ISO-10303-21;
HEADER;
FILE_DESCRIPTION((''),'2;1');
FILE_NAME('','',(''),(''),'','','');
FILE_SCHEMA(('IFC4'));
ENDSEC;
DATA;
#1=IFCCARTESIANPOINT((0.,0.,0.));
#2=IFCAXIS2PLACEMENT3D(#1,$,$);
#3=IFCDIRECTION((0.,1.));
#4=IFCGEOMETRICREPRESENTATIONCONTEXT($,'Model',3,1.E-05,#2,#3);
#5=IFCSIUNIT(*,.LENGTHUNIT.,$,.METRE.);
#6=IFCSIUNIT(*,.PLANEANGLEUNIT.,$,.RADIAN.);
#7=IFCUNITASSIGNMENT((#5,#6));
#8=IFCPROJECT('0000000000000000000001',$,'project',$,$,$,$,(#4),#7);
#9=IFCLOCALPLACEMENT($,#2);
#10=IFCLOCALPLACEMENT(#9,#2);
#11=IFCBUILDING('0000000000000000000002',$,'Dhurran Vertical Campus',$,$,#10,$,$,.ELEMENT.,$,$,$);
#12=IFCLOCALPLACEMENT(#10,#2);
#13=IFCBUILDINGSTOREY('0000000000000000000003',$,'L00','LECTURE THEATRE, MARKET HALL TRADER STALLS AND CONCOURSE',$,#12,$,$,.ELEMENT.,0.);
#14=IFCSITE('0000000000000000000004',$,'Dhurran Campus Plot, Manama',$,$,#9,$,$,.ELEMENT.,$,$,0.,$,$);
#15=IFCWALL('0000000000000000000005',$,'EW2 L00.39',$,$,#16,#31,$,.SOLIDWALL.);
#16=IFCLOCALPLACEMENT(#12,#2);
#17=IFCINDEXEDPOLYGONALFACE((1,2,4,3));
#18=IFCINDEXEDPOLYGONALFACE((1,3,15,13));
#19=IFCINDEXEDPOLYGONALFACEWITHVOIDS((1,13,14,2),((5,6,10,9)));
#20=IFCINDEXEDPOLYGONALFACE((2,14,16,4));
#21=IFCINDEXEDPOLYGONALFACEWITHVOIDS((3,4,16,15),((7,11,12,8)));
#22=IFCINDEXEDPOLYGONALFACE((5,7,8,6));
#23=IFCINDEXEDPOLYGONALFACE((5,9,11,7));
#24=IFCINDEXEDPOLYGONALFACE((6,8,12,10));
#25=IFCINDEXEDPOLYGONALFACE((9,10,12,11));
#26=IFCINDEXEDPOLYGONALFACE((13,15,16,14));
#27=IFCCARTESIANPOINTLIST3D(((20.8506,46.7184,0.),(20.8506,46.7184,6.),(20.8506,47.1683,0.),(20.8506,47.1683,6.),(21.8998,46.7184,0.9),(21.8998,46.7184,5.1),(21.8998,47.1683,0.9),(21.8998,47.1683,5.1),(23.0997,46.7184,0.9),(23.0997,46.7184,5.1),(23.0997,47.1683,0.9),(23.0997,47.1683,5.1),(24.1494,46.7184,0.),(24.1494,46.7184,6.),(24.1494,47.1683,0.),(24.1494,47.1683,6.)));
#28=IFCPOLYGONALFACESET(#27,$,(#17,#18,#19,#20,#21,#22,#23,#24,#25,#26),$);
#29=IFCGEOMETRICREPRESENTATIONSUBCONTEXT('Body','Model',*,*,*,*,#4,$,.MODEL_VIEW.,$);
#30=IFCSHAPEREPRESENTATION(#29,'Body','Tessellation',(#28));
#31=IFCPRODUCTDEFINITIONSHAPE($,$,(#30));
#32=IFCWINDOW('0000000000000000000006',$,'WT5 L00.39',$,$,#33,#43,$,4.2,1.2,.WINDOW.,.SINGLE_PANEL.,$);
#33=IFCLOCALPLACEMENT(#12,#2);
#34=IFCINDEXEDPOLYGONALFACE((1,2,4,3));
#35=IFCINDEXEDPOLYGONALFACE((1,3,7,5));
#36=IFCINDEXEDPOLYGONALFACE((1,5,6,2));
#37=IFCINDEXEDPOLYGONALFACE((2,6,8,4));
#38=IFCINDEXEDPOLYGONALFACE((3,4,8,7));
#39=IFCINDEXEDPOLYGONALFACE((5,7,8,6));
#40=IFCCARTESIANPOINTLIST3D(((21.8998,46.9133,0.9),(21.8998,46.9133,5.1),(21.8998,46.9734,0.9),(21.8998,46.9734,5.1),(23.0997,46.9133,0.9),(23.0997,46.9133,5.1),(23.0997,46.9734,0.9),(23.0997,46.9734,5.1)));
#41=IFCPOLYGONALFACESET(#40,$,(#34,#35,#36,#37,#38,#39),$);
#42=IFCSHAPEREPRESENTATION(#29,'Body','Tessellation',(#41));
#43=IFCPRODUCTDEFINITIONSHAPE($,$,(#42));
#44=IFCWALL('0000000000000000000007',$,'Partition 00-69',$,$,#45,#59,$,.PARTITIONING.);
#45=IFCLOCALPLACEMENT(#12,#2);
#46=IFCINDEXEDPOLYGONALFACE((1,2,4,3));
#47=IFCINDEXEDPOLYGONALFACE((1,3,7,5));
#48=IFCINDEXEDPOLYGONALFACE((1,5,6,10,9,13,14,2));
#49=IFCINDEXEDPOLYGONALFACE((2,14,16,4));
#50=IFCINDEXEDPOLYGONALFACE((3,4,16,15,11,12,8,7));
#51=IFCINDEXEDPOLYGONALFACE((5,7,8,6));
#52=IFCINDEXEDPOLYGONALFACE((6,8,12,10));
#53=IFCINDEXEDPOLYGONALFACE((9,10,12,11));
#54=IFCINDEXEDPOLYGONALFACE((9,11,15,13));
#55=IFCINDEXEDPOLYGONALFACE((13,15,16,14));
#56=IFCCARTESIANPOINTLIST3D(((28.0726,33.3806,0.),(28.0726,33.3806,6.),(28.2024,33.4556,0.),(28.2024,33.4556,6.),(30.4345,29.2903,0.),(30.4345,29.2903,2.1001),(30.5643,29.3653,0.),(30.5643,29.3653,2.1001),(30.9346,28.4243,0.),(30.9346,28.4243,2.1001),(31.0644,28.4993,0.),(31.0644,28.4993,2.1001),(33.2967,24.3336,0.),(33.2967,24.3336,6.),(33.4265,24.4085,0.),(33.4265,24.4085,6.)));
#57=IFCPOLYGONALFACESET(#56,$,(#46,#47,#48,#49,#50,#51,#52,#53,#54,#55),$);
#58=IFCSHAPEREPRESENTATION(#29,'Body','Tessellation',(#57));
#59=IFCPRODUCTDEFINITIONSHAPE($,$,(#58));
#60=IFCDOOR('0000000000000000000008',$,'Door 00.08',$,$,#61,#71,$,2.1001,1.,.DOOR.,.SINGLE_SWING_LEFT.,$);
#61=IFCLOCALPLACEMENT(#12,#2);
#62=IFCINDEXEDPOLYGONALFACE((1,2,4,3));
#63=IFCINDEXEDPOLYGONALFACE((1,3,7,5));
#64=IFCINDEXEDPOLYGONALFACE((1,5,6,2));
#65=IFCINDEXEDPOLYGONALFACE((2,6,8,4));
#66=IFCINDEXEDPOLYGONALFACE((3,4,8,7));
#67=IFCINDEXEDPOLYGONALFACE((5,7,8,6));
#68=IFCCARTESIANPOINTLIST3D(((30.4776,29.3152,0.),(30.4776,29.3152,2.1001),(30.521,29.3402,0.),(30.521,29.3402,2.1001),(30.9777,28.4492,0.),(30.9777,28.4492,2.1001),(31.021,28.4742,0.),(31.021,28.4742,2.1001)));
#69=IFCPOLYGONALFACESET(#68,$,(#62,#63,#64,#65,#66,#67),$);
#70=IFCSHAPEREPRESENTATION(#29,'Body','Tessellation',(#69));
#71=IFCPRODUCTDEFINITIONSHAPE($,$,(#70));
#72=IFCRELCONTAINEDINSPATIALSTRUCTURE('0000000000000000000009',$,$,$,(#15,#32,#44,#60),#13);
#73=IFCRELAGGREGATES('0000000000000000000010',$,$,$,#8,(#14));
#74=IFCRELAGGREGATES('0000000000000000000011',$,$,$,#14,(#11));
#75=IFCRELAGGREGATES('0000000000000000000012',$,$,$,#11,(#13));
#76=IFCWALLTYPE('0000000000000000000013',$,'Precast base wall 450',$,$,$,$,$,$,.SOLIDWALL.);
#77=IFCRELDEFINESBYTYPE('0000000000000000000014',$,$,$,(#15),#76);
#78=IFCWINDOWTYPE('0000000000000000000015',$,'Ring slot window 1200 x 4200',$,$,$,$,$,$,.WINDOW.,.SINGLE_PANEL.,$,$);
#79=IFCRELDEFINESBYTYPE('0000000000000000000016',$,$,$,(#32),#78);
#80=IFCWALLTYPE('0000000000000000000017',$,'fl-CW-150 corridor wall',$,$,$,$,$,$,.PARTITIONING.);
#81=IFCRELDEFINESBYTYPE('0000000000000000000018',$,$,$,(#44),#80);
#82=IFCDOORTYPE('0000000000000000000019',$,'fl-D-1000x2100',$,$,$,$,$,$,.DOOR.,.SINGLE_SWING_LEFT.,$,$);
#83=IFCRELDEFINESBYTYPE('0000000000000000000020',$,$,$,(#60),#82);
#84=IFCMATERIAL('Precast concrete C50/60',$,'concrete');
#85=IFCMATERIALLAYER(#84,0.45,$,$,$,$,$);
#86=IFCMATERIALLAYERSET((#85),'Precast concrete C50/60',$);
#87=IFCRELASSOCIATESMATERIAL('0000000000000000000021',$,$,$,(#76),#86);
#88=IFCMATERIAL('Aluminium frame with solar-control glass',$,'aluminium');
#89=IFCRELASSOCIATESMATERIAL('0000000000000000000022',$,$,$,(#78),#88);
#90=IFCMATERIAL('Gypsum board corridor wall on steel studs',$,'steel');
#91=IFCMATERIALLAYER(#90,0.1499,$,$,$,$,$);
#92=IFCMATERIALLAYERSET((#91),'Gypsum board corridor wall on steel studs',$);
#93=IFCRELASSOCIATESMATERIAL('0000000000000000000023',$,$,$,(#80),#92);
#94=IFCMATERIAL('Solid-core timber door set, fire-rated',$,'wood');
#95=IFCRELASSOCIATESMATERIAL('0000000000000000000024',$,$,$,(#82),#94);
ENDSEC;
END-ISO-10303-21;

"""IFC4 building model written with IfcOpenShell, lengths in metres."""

from ifc_helpers import new_model, si_unit, direction, frame, frame_2d, origin, place, context, subcontext, project, spatial, rectangle, extrude, material, layer, layer_set, type_object, element, fill, save


model = new_model("IFC4")

# Units and contexts
model_context = context("Model", 3, precision=1e-05, world=origin(), true_north=direction((0.0, 1.0)))
body_context = subcontext(model_context, "Body", "Model", "MODEL_VIEW")
ifc_project = project(units=[si_unit("LENGTHUNIT", "METRE"), si_unit("PLANEANGLEUNIT", "RADIAN")], contexts=[model_context])

# Site, building, storey
site_placement = place(None, origin())
site = spatial("IfcSite", under=ifc_project, at=site_placement, Name="Dhurran Campus Plot, Manama", CompositionType="ELEMENT", RefElevation=0.0)
building_placement = place(site_placement, origin())
building = spatial("IfcBuilding", under=site, at=building_placement, Name="Dhurran Vertical Campus", CompositionType="ELEMENT")
storey_placement = place(building_placement, origin())
storey = spatial("IfcBuildingStorey", under=building, at=storey_placement, Name="L00", Description="LECTURE THEATRE, MARKET HALL TRADER STALLS AND CONCOURSE", CompositionType="ELEMENT", Elevation=0.0)

# Wall, opening, window
ifc_material_1 = material(Name="Precast concrete C50/60", Category="concrete")
ifc_layer_1 = layer(ifc_material_1, 0.45)
ifc_layer_set_1 = layer_set([ifc_layer_1], Name="Precast concrete C50/60")
wall_type_1 = type_object("IfcWallType", Name="Precast base wall 450", PredefinedType="SOLIDWALL", material=ifc_layer_set_1)
ifc_material_2 = material(Name="Aluminium frame with solar-control glass", Category="aluminium")
window_type = type_object("IfcWindowType", Name="Ring slot window 1200 x 4200", PartitioningType="SINGLE_PANEL", PredefinedType="WINDOW", material=ifc_material_2)
wall_1_placement = place(storey_placement, frame((24.1494, 46.9434, 0.0), z_axis=(0.0, 0.0, 1.0), x_axis=(-1.0, 0.0, 0.0)))
wall_1 = element("IfcWall", 1, at=wall_1_placement, inside=storey, type_object=wall_type_1, Name="EW2 L00.39", PredefinedType="SOLIDWALL", context=body_context, shape_type="SweptSolid", body=[
    extrude(rectangle(XDim=3.2988, YDim=0.45, at=frame_2d((1.6494, 0.0))), origin(), (0.0, 0.0, 1.0), 6.0),
])
opening_1_placement = place(wall_1_placement, frame((1.0496, 0.0, 0.8999)))
opening_1 = element("IfcOpeningElement", 2, at=opening_1_placement, cuts=wall_1, PredefinedType="OPENING", context=body_context, shape_type="SweptSolid", body=[
    extrude(rectangle(XDim=1.2, YDim=4.2, at=frame_2d((0.6001, 2.1001))), frame((0.0, 0.2349, 0.0), z_axis=(0.0, -1.0, 0.0), x_axis=(1.0, 0.0, 0.0)), (0.0, 0.0, 1.0), 0.47),
])
window_1_placement = place(opening_1_placement, origin())
window_1 = element("IfcWindow", 3, at=window_1_placement, inside=storey, type_object=window_type, Name="WT5 L00.39", OverallHeight=4.2, OverallWidth=1.2, PartitioningType="SINGLE_PANEL", PredefinedType="WINDOW", context=body_context, shape_type="SweptSolid", body=[
    extrude(rectangle(XDim=1.2, YDim=4.2, at=frame_2d((0.6001, 2.1001))), frame((0.0, 0.03, 0.0), z_axis=(0.0, -1.0, 0.0), x_axis=(1.0, 0.0, 0.0)), (0.0, 0.0, 1.0), 0.0601),
])
fill(opening_1, window_1)

# Wall, opening, door
ifc_material_3 = material(Name="Gypsum board corridor wall on steel studs", Category="steel")
ifc_layer_2 = layer(ifc_material_3, 0.1499)
ifc_layer_set_2 = layer_set([ifc_layer_2], Name="Gypsum board corridor wall on steel studs")
wall_type_2 = type_object("IfcWallType", Name="fl-CW-150 corridor wall", PredefinedType="PARTITIONING", material=ifc_layer_set_2)
wall_2_placement = place(storey_placement, frame((28.1375, 33.4182, 0.0), z_axis=(0.0, 0.0, 1.0), x_axis=(0.500055, -0.865994, 0.0)))
wall_2 = element("IfcWall", 4, at=wall_2_placement, inside=storey, type_object=wall_type_2, Name="Partition 00-69", PredefinedType="PARTITIONING", context=body_context, shape_type="SweptSolid", body=[
    extrude(rectangle(XDim=10.447, YDim=0.1499, at=frame_2d((5.2236, 0.0))), origin(), (0.0, 0.0, 1.0), 6.0),
])
opening_2_placement = place(wall_2_placement, frame((4.7234, 0.0, 0.0)))
opening_2 = element("IfcOpeningElement", 5, at=opening_2_placement, cuts=wall_2, PredefinedType="OPENING", context=body_context, shape_type="SweptSolid", body=[
    extrude(rectangle(XDim=1.0, YDim=2.1001, at=frame_2d((0.5, 1.05))), frame((0.0, 0.085, 0.0), z_axis=(0.0, -1.0, 0.0), x_axis=(1.0, 0.0, 0.0)), (0.0, 0.0, 1.0), 0.1699),
])
ifc_material_4 = material(Name="Solid-core timber door set, fire-rated", Category="wood")
door_type = type_object("IfcDoorType", Name="fl-D-1000x2100", OperationType="SINGLE_SWING_LEFT", PredefinedType="DOOR", material=ifc_material_4)
door_placement = place(opening_2_placement, origin())
door = element("IfcDoor", 6, at=door_placement, inside=storey, type_object=door_type, Name="Door 00.08", OperationType="SINGLE_SWING_LEFT", OverallHeight=2.1001, OverallWidth=1.0, PredefinedType="DOOR", context=body_context, shape_type="SweptSolid", body=[
    extrude(rectangle(XDim=1.0, YDim=2.1001, at=frame_2d((0.5, 1.05))), frame((0.0, 0.0249, 0.0), z_axis=(0.0, -1.0, 0.0), x_axis=(1.0, 0.0, 0.0)), (0.0, 0.0, 1.0), 0.05),
])
fill(opening_2, door)

save(model, "model.ifc")
